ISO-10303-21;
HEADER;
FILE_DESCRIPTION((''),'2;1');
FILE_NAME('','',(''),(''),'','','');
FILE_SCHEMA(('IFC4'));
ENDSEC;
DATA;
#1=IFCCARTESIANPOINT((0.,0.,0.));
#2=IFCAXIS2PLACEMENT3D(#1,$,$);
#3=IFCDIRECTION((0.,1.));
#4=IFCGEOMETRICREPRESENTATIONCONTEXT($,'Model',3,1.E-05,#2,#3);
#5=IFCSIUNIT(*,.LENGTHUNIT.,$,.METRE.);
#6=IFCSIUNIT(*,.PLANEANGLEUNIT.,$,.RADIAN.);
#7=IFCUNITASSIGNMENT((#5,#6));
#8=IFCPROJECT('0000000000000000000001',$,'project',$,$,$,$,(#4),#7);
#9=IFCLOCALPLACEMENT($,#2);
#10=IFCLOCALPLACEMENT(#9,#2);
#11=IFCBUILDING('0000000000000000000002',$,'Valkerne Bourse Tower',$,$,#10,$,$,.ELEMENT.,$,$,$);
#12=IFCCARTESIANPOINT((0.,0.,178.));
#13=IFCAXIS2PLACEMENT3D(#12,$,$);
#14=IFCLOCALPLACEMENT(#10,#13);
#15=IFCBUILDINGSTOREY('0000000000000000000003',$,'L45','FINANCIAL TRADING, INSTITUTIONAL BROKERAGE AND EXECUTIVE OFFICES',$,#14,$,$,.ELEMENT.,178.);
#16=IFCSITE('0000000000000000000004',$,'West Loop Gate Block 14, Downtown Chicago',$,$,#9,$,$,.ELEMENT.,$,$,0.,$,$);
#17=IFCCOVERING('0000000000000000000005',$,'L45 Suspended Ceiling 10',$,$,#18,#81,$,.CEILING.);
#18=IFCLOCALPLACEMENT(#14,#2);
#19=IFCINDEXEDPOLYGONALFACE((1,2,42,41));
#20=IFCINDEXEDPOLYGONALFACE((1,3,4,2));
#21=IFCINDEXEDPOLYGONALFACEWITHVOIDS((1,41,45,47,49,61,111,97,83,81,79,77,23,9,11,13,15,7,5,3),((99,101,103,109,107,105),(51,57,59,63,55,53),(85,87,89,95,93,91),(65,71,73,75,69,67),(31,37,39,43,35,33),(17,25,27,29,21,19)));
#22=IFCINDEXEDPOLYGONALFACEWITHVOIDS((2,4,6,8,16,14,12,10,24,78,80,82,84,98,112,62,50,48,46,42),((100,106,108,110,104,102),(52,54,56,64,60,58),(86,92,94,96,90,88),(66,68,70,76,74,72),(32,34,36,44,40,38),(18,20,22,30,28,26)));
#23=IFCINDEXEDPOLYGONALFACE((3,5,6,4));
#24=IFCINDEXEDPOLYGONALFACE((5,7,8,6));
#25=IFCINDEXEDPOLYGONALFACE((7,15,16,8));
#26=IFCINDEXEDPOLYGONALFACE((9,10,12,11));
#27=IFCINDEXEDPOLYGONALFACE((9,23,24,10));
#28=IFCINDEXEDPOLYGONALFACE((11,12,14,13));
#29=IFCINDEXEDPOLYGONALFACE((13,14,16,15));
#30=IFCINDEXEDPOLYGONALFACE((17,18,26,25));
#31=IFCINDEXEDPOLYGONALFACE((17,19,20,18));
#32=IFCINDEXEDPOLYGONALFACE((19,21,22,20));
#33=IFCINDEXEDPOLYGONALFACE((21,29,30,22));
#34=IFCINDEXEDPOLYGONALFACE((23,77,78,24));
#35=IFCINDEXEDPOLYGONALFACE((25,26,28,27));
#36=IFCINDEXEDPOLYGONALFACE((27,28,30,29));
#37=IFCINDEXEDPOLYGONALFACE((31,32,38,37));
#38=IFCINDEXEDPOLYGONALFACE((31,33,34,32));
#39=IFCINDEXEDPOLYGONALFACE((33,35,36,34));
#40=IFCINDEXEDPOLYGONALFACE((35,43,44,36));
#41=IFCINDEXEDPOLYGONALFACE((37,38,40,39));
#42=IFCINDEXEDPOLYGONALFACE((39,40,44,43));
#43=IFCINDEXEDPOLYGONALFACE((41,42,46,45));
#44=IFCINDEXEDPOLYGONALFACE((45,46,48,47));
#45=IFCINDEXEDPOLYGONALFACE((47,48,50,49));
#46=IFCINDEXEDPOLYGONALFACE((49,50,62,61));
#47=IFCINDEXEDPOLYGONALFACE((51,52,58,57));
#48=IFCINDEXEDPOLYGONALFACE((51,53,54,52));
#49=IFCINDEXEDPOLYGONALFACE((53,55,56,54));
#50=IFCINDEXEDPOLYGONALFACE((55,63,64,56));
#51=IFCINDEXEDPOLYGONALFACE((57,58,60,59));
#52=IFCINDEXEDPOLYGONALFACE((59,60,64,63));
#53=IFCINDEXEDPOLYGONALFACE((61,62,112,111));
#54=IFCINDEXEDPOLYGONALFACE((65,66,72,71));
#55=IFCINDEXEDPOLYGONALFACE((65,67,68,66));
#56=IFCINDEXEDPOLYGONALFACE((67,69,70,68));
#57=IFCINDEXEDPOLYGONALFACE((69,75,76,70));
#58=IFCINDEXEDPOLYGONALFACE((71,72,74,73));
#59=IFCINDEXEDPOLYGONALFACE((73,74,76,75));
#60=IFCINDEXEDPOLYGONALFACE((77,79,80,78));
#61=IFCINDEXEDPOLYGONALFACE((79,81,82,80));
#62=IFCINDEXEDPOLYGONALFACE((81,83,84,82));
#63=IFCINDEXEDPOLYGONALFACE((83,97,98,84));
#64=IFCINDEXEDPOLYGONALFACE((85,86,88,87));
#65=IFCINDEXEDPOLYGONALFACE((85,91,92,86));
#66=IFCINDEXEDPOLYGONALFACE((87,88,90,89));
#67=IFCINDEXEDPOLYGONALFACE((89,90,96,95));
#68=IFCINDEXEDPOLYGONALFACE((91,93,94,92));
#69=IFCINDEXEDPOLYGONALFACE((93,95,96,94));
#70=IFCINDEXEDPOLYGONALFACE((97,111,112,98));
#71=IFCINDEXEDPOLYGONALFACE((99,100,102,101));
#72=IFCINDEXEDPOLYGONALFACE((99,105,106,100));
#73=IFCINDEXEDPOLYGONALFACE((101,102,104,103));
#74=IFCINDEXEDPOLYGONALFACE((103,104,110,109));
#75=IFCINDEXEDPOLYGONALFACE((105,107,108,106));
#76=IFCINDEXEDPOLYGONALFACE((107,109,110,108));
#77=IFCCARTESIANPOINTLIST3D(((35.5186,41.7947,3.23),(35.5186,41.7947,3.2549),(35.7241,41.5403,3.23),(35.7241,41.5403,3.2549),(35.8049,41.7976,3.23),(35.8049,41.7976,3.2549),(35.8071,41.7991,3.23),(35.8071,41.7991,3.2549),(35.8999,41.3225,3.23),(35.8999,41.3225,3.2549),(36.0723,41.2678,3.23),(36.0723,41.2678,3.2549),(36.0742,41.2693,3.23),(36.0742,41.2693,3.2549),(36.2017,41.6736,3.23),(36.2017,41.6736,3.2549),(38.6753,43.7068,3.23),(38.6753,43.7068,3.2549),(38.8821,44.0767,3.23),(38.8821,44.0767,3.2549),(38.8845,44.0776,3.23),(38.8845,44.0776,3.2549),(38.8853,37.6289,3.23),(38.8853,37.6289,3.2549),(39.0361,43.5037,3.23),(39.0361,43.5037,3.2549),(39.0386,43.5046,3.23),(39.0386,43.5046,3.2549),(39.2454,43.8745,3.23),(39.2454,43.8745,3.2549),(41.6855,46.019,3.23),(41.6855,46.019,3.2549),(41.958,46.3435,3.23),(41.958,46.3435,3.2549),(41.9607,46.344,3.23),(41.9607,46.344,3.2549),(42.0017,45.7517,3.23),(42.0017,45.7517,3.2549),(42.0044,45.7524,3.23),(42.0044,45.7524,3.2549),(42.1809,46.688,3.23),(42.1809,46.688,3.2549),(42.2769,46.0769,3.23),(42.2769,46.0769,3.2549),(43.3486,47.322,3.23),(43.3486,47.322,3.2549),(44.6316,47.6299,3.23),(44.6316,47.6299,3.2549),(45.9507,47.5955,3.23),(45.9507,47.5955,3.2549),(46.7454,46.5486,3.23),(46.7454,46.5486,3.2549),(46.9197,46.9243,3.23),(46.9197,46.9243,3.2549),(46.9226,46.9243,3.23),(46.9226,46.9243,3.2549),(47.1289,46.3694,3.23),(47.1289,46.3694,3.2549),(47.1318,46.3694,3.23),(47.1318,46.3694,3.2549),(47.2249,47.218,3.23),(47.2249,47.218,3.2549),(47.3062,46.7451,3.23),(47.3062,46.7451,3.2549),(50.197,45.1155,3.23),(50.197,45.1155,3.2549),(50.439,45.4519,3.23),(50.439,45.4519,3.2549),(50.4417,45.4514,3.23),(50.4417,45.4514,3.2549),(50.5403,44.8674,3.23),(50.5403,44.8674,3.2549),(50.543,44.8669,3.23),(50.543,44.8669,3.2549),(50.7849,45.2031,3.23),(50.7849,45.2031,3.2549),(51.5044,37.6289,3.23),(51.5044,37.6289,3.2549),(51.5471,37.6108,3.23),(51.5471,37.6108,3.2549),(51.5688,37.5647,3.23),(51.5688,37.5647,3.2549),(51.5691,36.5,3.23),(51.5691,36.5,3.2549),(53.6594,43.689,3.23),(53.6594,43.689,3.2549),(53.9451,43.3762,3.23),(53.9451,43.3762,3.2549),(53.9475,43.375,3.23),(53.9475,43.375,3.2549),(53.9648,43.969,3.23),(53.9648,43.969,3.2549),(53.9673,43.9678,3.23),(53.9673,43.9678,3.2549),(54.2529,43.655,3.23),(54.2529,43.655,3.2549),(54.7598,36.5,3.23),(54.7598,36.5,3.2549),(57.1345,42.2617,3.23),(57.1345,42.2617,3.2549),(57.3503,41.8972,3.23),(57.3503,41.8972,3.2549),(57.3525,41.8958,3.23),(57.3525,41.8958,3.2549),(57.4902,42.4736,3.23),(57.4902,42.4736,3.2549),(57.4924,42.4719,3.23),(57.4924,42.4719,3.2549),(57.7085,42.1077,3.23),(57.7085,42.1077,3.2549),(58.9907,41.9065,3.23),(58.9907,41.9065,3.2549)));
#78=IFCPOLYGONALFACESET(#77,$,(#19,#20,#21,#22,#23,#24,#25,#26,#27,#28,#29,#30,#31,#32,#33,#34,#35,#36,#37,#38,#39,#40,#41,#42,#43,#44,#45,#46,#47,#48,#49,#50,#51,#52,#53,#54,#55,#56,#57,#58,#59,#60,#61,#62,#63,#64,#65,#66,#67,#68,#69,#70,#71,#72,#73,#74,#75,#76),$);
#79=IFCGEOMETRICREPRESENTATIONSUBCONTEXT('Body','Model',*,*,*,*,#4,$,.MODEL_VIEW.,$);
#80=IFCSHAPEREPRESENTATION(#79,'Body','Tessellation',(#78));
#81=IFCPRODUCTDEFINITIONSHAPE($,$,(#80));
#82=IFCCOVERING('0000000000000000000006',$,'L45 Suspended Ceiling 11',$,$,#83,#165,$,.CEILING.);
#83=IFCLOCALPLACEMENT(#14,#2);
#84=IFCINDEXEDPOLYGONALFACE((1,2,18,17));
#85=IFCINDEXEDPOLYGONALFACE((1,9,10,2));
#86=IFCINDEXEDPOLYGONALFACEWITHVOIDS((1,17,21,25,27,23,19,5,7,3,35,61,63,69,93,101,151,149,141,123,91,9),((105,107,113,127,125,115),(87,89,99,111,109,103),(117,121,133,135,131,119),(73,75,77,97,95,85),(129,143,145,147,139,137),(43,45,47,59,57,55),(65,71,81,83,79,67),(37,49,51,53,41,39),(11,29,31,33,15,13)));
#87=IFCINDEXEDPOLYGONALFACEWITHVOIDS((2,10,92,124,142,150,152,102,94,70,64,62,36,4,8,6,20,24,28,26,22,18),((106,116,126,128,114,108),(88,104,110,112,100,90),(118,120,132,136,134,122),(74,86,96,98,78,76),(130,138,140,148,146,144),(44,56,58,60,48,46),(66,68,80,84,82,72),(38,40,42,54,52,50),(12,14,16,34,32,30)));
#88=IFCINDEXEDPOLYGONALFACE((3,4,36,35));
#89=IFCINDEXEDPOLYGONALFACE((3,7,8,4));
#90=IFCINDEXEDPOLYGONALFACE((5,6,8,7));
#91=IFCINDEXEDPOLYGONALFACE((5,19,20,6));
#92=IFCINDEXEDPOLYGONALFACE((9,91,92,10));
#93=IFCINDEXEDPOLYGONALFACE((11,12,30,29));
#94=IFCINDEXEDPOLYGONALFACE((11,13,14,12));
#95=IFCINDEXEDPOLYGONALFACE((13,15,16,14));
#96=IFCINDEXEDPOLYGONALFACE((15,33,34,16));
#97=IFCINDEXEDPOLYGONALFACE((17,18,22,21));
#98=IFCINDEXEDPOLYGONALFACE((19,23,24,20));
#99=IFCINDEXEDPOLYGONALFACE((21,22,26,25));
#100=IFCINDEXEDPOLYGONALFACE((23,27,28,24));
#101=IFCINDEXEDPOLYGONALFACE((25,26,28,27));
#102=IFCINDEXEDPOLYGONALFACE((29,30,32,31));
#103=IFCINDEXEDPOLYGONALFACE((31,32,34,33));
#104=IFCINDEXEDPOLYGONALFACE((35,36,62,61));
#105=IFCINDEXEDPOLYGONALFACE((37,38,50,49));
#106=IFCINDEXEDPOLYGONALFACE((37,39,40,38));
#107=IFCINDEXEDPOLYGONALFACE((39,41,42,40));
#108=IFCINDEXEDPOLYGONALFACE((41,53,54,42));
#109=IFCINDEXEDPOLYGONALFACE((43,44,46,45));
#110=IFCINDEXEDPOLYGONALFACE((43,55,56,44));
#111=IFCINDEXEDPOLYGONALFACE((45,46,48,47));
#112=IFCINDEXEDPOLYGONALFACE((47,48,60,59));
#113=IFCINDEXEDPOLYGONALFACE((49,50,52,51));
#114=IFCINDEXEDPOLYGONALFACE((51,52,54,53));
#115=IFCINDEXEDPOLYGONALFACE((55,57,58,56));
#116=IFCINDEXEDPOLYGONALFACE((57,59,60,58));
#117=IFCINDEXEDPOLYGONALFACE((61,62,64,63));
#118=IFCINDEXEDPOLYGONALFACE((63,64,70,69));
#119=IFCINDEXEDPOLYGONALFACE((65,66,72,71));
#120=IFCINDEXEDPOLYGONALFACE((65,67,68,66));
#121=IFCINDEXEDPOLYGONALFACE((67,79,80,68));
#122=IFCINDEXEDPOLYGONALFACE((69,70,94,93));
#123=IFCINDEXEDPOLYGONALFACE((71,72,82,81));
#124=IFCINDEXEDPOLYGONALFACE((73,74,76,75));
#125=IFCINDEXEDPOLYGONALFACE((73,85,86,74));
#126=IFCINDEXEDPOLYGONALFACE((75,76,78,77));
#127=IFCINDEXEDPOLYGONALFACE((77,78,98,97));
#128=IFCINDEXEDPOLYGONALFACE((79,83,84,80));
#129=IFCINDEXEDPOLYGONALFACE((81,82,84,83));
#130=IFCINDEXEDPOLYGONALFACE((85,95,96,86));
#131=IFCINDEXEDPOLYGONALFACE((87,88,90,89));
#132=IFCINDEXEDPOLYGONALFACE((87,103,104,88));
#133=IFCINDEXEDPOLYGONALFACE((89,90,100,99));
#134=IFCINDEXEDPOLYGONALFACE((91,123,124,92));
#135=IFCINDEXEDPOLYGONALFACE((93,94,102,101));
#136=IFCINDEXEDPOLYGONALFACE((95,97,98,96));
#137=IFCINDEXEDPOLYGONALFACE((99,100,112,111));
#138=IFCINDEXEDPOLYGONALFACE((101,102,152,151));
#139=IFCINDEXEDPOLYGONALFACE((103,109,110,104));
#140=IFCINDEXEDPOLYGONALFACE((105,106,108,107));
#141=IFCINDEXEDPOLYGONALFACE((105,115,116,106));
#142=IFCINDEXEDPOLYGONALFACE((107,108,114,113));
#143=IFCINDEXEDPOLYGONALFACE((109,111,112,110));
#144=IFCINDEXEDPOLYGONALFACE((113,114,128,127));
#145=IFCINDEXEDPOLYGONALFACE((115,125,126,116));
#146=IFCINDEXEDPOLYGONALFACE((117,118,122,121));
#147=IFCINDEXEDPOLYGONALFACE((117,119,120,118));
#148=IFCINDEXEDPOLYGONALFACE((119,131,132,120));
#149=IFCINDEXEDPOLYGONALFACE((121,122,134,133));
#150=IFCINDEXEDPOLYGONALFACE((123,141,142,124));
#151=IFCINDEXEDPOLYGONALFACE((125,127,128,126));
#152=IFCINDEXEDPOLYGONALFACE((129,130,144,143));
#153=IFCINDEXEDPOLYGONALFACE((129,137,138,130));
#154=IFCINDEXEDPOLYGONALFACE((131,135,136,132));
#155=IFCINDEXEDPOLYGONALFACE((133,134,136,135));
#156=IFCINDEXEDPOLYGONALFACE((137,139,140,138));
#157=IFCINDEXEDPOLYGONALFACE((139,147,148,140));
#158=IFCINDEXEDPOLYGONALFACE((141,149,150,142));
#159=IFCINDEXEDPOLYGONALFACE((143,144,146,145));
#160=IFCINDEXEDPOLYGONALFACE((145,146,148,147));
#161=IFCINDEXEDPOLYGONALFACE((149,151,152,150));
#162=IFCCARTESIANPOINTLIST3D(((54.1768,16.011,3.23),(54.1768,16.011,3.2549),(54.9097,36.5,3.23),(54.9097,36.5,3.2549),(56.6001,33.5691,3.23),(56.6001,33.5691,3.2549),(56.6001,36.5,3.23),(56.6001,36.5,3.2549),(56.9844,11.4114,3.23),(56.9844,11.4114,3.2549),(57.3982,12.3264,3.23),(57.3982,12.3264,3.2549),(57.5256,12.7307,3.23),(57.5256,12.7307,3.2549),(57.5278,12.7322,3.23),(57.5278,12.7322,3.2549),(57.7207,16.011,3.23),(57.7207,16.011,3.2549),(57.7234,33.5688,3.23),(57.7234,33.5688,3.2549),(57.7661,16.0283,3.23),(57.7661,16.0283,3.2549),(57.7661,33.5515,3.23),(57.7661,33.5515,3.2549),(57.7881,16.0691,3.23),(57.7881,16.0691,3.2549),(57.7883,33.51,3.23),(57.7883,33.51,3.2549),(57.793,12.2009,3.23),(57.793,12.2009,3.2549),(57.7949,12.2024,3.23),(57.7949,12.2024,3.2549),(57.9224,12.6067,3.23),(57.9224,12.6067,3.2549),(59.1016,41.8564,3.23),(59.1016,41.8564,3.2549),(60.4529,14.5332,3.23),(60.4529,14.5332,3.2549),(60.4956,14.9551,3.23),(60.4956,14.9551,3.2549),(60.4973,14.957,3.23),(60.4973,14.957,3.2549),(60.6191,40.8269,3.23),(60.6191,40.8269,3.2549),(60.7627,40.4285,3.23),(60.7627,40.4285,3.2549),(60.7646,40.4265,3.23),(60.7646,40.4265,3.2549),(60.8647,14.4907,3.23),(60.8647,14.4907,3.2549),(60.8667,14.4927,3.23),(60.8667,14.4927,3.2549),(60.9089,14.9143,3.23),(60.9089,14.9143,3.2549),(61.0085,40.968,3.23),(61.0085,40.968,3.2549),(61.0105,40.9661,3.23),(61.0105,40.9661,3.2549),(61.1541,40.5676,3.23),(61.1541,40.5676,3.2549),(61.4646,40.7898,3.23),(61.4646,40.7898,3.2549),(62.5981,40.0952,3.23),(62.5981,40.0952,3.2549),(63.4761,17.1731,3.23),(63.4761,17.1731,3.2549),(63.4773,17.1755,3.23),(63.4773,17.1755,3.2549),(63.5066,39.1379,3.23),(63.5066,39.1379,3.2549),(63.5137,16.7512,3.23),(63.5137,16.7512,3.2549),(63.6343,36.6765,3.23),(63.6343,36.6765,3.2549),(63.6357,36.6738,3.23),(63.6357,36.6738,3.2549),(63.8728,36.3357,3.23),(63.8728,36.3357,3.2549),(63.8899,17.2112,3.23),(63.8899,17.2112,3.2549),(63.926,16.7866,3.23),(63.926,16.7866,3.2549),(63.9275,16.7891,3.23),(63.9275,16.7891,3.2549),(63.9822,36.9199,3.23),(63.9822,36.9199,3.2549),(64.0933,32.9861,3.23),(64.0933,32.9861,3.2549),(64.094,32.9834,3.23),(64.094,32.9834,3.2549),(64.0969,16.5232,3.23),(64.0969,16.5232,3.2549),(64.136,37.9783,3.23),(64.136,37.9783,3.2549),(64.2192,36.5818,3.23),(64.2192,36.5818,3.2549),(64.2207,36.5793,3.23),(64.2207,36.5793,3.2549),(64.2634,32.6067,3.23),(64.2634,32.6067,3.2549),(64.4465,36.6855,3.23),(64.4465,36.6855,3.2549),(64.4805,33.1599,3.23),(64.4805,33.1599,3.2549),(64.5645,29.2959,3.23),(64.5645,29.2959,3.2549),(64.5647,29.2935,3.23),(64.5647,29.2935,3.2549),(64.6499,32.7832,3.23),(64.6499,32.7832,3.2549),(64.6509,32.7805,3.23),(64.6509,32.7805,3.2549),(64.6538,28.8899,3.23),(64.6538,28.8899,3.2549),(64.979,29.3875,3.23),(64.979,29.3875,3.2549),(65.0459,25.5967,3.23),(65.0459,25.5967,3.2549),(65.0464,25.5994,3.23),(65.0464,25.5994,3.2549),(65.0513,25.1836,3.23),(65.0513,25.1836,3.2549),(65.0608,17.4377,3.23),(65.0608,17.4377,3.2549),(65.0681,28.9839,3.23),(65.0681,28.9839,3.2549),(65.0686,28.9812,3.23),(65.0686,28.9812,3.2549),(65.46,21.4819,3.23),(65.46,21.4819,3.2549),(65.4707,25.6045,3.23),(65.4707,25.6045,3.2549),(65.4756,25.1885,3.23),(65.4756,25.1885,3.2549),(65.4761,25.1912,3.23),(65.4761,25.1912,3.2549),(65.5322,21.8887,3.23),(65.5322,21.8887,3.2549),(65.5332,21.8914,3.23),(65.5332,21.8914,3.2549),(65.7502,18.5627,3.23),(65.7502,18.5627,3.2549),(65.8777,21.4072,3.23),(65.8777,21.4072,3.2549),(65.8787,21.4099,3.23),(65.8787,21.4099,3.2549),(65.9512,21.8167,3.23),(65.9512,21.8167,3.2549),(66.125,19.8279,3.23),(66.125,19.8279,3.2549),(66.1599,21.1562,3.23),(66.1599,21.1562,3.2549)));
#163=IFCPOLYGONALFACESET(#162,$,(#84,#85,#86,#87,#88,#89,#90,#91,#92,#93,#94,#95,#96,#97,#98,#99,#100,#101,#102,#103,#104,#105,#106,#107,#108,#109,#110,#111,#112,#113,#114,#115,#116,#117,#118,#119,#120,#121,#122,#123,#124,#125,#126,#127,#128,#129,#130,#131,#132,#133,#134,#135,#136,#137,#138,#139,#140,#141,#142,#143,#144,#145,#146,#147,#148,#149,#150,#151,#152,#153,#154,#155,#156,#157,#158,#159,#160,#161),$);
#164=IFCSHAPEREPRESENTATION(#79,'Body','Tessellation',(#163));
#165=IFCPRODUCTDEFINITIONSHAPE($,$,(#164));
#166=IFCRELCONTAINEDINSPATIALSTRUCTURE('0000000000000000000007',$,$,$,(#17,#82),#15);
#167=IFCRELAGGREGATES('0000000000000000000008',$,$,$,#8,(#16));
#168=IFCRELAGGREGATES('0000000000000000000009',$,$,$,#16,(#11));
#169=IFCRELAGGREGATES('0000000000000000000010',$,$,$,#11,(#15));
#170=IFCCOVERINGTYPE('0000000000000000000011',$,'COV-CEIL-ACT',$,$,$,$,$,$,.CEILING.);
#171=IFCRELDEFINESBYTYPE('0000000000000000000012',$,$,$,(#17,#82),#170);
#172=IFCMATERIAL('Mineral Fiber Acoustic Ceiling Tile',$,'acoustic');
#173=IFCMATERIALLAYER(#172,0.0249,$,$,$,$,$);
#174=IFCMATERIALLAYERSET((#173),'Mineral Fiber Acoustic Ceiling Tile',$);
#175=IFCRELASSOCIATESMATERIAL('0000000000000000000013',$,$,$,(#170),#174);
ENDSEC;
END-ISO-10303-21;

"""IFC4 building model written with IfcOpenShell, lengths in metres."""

from ifc_helpers import new_model, si_unit, direction, frame, origin, place, context, subcontext, project, spatial, polyline, outline, extrude, material, layer, layer_set, type_object, element, save


model = new_model("IFC4")

# Units and contexts
model_context = context("Model", 3, precision=1e-05, world=origin(), true_north=direction((0.0, 1.0)))
body_context = subcontext(model_context, "Body", "Model", "MODEL_VIEW")
ifc_project = project(units=[si_unit("LENGTHUNIT", "METRE"), si_unit("PLANEANGLEUNIT", "RADIAN")], contexts=[model_context])

# Site, building, storey
site_placement = place(None, origin())
site = spatial("IfcSite", under=ifc_project, at=site_placement, Name="West Loop Gate Block 14, Downtown Chicago", CompositionType="ELEMENT", RefElevation=0.0)
building_placement = place(site_placement, origin())
building = spatial("IfcBuilding", under=site, at=building_placement, Name="Valkerne Bourse Tower", CompositionType="ELEMENT")
storey_placement = place(building_placement, frame((0.0, 0.0, 178.0)))
storey = spatial("IfcBuildingStorey", under=building, at=storey_placement, Name="L45", Description="FINANCIAL TRADING, INSTITUTIONAL BROKERAGE AND EXECUTIVE OFFICES", CompositionType="ELEMENT", Elevation=178.0)

# Coverings
ifc_material_1 = material(Name="Mineral Fiber Acoustic Ceiling Tile", Category="acoustic")
ifc_layer_1 = layer(ifc_material_1, 0.0249)
ifc_layer_set_1 = layer_set([ifc_layer_1], Name="Mineral Fiber Acoustic Ceiling Tile")
covering_type_1 = type_object("IfcCoveringType", Name="COV-CEIL-ACT", PredefinedType="CEILING", material=ifc_layer_set_1)
covering_1_placement = place(storey_placement, frame((0.0, 0.0, 3.23)))
element("IfcCovering", 1, at=covering_1_placement, inside=storey, type_object=covering_type_1, Name="L45 Suspended Ceiling 10", PredefinedType="CEILING", context=body_context, shape_type="SweptSolid", body=[
    extrude(outline(polyline([(44.6316, 47.6299), (45.9507, 47.5955), (47.2249, 47.218), (58.9907, 41.9065), (54.7598, 36.5), (51.5691, 36.5), (51.5688, 37.5647), (51.5471, 37.6108), (51.5044, 37.6289), (38.8853, 37.6289), (35.8999, 41.3225), (36.0723, 41.2678), (36.0742, 41.2693), (36.2017, 41.6736), (35.8071, 41.7991), (35.8049, 41.7976), (35.7241, 41.5403), (35.5186, 41.7947), (42.1809, 46.688), (43.3486, 47.322), (44.6316, 47.6299)]), holes=[polyline([(54.2529, 43.655), (53.9673, 43.9678), (53.9648, 43.969), (53.6594, 43.689), (53.9451, 43.3762), (53.9475, 43.375), (54.2529, 43.655)]), polyline([(39.0386, 43.5046), (39.2454, 43.8745), (38.8845, 44.0776), (38.8821, 44.0767), (38.6753, 43.7068), (39.0361, 43.5037), (39.0386, 43.5046)]), polyline([(50.4417, 45.4514), (50.439, 45.4519), (50.197, 45.1155), (50.5403, 44.8674), (50.543, 44.8669), (50.7849, 45.2031), (50.4417, 45.4514)]), polyline([(42.2769, 46.0769), (41.9607, 46.344), (41.958, 46.3435), (41.6855, 46.019), (42.0017, 45.7517), (42.0044, 45.7524), (42.2769, 46.0769)]), polyline([(46.9226, 46.9243), (46.9197, 46.9243), (46.7454, 46.5486), (47.1289, 46.3694), (47.1318, 46.3694), (47.3062, 46.7451), (46.9226, 46.9243)]), polyline([(57.7085, 42.1077), (57.4924, 42.4719), (57.4902, 42.4736), (57.1345, 42.2617), (57.3503, 41.8972), (57.3525, 41.8958), (57.7085, 42.1077)])]), origin(), (0.0, 0.0, 1.0), 0.0249),
])
covering_2_placement = place(storey_placement, frame((0.0, 0.0, 3.23)))
element("IfcCovering", 2, at=covering_2_placement, inside=storey, type_object=covering_type_1, Name="L45 Suspended Ceiling 11", PredefinedType="CEILING", context=body_context, shape_type="SweptSolid", body=[
    extrude(outline(polyline([(65.0608, 17.4377), (64.0969, 16.5232), (56.9844, 11.4114), (54.1768, 16.011), (57.7207, 16.011), (57.7661, 16.0283), (57.7881, 16.0691), (57.7883, 33.51), (57.7661, 33.5515), (57.7234, 33.5688), (56.6001, 33.5691), (56.6001, 36.5), (54.9097, 36.5), (59.1016, 41.8564), (61.4646, 40.7898), (62.5981, 40.0952), (63.5066, 39.1379), (64.136, 37.9783), (64.4465, 36.6855), (66.1599, 21.1562), (66.125, 19.8279), (65.7502, 18.5627), (65.0608, 17.4377)]), holes=[polyline([(57.7949, 12.2024), (57.9224, 12.6067), (57.5278, 12.7322), (57.5256, 12.7307), (57.3982, 12.3264), (57.793, 12.2009), (57.7949, 12.2024)]), polyline([(60.8667, 14.4927), (60.9089, 14.9143), (60.4973, 14.957), (60.4956, 14.9551), (60.4529, 14.5332), (60.8647, 14.4907), (60.8667, 14.4927)]), polyline([(63.9275, 16.7891), (63.8899, 17.2112), (63.4773, 17.1755), (63.4761, 17.1731), (63.5137, 16.7512), (63.926, 16.7866), (63.9275, 16.7891)]), polyline([(65.9512, 21.8167), (65.5332, 21.8914), (65.5322, 21.8887), (65.46, 21.4819), (65.8777, 21.4072), (65.8787, 21.4099), (65.9512, 21.8167)]), polyline([(65.4756, 25.1885), (65.4761, 25.1912), (65.4707, 25.6045), (65.0464, 25.5994), (65.0459, 25.5967), (65.0513, 25.1836), (65.4756, 25.1885)]), polyline([(65.0686, 28.9812), (65.0681, 28.9839), (64.979, 29.3875), (64.5645, 29.2959), (64.5647, 29.2935), (64.6538, 28.8899), (65.0686, 28.9812)]), polyline([(64.6509, 32.7805), (64.6499, 32.7832), (64.4805, 33.1599), (64.0933, 32.9861), (64.094, 32.9834), (64.2634, 32.6067), (64.6509, 32.7805)]), polyline([(64.2207, 36.5793), (64.2192, 36.5818), (63.9822, 36.9199), (63.6343, 36.6765), (63.6357, 36.6738), (63.8728, 36.3357), (64.2207, 36.5793)]), polyline([(61.0105, 40.9661), (61.0085, 40.968), (60.6191, 40.8269), (60.7627, 40.4285), (60.7646, 40.4265), (61.1541, 40.5676), (61.0105, 40.9661)])]), origin(), (0.0, 0.0, 1.0), 0.0249),
])

save(model, "model.ifc")
